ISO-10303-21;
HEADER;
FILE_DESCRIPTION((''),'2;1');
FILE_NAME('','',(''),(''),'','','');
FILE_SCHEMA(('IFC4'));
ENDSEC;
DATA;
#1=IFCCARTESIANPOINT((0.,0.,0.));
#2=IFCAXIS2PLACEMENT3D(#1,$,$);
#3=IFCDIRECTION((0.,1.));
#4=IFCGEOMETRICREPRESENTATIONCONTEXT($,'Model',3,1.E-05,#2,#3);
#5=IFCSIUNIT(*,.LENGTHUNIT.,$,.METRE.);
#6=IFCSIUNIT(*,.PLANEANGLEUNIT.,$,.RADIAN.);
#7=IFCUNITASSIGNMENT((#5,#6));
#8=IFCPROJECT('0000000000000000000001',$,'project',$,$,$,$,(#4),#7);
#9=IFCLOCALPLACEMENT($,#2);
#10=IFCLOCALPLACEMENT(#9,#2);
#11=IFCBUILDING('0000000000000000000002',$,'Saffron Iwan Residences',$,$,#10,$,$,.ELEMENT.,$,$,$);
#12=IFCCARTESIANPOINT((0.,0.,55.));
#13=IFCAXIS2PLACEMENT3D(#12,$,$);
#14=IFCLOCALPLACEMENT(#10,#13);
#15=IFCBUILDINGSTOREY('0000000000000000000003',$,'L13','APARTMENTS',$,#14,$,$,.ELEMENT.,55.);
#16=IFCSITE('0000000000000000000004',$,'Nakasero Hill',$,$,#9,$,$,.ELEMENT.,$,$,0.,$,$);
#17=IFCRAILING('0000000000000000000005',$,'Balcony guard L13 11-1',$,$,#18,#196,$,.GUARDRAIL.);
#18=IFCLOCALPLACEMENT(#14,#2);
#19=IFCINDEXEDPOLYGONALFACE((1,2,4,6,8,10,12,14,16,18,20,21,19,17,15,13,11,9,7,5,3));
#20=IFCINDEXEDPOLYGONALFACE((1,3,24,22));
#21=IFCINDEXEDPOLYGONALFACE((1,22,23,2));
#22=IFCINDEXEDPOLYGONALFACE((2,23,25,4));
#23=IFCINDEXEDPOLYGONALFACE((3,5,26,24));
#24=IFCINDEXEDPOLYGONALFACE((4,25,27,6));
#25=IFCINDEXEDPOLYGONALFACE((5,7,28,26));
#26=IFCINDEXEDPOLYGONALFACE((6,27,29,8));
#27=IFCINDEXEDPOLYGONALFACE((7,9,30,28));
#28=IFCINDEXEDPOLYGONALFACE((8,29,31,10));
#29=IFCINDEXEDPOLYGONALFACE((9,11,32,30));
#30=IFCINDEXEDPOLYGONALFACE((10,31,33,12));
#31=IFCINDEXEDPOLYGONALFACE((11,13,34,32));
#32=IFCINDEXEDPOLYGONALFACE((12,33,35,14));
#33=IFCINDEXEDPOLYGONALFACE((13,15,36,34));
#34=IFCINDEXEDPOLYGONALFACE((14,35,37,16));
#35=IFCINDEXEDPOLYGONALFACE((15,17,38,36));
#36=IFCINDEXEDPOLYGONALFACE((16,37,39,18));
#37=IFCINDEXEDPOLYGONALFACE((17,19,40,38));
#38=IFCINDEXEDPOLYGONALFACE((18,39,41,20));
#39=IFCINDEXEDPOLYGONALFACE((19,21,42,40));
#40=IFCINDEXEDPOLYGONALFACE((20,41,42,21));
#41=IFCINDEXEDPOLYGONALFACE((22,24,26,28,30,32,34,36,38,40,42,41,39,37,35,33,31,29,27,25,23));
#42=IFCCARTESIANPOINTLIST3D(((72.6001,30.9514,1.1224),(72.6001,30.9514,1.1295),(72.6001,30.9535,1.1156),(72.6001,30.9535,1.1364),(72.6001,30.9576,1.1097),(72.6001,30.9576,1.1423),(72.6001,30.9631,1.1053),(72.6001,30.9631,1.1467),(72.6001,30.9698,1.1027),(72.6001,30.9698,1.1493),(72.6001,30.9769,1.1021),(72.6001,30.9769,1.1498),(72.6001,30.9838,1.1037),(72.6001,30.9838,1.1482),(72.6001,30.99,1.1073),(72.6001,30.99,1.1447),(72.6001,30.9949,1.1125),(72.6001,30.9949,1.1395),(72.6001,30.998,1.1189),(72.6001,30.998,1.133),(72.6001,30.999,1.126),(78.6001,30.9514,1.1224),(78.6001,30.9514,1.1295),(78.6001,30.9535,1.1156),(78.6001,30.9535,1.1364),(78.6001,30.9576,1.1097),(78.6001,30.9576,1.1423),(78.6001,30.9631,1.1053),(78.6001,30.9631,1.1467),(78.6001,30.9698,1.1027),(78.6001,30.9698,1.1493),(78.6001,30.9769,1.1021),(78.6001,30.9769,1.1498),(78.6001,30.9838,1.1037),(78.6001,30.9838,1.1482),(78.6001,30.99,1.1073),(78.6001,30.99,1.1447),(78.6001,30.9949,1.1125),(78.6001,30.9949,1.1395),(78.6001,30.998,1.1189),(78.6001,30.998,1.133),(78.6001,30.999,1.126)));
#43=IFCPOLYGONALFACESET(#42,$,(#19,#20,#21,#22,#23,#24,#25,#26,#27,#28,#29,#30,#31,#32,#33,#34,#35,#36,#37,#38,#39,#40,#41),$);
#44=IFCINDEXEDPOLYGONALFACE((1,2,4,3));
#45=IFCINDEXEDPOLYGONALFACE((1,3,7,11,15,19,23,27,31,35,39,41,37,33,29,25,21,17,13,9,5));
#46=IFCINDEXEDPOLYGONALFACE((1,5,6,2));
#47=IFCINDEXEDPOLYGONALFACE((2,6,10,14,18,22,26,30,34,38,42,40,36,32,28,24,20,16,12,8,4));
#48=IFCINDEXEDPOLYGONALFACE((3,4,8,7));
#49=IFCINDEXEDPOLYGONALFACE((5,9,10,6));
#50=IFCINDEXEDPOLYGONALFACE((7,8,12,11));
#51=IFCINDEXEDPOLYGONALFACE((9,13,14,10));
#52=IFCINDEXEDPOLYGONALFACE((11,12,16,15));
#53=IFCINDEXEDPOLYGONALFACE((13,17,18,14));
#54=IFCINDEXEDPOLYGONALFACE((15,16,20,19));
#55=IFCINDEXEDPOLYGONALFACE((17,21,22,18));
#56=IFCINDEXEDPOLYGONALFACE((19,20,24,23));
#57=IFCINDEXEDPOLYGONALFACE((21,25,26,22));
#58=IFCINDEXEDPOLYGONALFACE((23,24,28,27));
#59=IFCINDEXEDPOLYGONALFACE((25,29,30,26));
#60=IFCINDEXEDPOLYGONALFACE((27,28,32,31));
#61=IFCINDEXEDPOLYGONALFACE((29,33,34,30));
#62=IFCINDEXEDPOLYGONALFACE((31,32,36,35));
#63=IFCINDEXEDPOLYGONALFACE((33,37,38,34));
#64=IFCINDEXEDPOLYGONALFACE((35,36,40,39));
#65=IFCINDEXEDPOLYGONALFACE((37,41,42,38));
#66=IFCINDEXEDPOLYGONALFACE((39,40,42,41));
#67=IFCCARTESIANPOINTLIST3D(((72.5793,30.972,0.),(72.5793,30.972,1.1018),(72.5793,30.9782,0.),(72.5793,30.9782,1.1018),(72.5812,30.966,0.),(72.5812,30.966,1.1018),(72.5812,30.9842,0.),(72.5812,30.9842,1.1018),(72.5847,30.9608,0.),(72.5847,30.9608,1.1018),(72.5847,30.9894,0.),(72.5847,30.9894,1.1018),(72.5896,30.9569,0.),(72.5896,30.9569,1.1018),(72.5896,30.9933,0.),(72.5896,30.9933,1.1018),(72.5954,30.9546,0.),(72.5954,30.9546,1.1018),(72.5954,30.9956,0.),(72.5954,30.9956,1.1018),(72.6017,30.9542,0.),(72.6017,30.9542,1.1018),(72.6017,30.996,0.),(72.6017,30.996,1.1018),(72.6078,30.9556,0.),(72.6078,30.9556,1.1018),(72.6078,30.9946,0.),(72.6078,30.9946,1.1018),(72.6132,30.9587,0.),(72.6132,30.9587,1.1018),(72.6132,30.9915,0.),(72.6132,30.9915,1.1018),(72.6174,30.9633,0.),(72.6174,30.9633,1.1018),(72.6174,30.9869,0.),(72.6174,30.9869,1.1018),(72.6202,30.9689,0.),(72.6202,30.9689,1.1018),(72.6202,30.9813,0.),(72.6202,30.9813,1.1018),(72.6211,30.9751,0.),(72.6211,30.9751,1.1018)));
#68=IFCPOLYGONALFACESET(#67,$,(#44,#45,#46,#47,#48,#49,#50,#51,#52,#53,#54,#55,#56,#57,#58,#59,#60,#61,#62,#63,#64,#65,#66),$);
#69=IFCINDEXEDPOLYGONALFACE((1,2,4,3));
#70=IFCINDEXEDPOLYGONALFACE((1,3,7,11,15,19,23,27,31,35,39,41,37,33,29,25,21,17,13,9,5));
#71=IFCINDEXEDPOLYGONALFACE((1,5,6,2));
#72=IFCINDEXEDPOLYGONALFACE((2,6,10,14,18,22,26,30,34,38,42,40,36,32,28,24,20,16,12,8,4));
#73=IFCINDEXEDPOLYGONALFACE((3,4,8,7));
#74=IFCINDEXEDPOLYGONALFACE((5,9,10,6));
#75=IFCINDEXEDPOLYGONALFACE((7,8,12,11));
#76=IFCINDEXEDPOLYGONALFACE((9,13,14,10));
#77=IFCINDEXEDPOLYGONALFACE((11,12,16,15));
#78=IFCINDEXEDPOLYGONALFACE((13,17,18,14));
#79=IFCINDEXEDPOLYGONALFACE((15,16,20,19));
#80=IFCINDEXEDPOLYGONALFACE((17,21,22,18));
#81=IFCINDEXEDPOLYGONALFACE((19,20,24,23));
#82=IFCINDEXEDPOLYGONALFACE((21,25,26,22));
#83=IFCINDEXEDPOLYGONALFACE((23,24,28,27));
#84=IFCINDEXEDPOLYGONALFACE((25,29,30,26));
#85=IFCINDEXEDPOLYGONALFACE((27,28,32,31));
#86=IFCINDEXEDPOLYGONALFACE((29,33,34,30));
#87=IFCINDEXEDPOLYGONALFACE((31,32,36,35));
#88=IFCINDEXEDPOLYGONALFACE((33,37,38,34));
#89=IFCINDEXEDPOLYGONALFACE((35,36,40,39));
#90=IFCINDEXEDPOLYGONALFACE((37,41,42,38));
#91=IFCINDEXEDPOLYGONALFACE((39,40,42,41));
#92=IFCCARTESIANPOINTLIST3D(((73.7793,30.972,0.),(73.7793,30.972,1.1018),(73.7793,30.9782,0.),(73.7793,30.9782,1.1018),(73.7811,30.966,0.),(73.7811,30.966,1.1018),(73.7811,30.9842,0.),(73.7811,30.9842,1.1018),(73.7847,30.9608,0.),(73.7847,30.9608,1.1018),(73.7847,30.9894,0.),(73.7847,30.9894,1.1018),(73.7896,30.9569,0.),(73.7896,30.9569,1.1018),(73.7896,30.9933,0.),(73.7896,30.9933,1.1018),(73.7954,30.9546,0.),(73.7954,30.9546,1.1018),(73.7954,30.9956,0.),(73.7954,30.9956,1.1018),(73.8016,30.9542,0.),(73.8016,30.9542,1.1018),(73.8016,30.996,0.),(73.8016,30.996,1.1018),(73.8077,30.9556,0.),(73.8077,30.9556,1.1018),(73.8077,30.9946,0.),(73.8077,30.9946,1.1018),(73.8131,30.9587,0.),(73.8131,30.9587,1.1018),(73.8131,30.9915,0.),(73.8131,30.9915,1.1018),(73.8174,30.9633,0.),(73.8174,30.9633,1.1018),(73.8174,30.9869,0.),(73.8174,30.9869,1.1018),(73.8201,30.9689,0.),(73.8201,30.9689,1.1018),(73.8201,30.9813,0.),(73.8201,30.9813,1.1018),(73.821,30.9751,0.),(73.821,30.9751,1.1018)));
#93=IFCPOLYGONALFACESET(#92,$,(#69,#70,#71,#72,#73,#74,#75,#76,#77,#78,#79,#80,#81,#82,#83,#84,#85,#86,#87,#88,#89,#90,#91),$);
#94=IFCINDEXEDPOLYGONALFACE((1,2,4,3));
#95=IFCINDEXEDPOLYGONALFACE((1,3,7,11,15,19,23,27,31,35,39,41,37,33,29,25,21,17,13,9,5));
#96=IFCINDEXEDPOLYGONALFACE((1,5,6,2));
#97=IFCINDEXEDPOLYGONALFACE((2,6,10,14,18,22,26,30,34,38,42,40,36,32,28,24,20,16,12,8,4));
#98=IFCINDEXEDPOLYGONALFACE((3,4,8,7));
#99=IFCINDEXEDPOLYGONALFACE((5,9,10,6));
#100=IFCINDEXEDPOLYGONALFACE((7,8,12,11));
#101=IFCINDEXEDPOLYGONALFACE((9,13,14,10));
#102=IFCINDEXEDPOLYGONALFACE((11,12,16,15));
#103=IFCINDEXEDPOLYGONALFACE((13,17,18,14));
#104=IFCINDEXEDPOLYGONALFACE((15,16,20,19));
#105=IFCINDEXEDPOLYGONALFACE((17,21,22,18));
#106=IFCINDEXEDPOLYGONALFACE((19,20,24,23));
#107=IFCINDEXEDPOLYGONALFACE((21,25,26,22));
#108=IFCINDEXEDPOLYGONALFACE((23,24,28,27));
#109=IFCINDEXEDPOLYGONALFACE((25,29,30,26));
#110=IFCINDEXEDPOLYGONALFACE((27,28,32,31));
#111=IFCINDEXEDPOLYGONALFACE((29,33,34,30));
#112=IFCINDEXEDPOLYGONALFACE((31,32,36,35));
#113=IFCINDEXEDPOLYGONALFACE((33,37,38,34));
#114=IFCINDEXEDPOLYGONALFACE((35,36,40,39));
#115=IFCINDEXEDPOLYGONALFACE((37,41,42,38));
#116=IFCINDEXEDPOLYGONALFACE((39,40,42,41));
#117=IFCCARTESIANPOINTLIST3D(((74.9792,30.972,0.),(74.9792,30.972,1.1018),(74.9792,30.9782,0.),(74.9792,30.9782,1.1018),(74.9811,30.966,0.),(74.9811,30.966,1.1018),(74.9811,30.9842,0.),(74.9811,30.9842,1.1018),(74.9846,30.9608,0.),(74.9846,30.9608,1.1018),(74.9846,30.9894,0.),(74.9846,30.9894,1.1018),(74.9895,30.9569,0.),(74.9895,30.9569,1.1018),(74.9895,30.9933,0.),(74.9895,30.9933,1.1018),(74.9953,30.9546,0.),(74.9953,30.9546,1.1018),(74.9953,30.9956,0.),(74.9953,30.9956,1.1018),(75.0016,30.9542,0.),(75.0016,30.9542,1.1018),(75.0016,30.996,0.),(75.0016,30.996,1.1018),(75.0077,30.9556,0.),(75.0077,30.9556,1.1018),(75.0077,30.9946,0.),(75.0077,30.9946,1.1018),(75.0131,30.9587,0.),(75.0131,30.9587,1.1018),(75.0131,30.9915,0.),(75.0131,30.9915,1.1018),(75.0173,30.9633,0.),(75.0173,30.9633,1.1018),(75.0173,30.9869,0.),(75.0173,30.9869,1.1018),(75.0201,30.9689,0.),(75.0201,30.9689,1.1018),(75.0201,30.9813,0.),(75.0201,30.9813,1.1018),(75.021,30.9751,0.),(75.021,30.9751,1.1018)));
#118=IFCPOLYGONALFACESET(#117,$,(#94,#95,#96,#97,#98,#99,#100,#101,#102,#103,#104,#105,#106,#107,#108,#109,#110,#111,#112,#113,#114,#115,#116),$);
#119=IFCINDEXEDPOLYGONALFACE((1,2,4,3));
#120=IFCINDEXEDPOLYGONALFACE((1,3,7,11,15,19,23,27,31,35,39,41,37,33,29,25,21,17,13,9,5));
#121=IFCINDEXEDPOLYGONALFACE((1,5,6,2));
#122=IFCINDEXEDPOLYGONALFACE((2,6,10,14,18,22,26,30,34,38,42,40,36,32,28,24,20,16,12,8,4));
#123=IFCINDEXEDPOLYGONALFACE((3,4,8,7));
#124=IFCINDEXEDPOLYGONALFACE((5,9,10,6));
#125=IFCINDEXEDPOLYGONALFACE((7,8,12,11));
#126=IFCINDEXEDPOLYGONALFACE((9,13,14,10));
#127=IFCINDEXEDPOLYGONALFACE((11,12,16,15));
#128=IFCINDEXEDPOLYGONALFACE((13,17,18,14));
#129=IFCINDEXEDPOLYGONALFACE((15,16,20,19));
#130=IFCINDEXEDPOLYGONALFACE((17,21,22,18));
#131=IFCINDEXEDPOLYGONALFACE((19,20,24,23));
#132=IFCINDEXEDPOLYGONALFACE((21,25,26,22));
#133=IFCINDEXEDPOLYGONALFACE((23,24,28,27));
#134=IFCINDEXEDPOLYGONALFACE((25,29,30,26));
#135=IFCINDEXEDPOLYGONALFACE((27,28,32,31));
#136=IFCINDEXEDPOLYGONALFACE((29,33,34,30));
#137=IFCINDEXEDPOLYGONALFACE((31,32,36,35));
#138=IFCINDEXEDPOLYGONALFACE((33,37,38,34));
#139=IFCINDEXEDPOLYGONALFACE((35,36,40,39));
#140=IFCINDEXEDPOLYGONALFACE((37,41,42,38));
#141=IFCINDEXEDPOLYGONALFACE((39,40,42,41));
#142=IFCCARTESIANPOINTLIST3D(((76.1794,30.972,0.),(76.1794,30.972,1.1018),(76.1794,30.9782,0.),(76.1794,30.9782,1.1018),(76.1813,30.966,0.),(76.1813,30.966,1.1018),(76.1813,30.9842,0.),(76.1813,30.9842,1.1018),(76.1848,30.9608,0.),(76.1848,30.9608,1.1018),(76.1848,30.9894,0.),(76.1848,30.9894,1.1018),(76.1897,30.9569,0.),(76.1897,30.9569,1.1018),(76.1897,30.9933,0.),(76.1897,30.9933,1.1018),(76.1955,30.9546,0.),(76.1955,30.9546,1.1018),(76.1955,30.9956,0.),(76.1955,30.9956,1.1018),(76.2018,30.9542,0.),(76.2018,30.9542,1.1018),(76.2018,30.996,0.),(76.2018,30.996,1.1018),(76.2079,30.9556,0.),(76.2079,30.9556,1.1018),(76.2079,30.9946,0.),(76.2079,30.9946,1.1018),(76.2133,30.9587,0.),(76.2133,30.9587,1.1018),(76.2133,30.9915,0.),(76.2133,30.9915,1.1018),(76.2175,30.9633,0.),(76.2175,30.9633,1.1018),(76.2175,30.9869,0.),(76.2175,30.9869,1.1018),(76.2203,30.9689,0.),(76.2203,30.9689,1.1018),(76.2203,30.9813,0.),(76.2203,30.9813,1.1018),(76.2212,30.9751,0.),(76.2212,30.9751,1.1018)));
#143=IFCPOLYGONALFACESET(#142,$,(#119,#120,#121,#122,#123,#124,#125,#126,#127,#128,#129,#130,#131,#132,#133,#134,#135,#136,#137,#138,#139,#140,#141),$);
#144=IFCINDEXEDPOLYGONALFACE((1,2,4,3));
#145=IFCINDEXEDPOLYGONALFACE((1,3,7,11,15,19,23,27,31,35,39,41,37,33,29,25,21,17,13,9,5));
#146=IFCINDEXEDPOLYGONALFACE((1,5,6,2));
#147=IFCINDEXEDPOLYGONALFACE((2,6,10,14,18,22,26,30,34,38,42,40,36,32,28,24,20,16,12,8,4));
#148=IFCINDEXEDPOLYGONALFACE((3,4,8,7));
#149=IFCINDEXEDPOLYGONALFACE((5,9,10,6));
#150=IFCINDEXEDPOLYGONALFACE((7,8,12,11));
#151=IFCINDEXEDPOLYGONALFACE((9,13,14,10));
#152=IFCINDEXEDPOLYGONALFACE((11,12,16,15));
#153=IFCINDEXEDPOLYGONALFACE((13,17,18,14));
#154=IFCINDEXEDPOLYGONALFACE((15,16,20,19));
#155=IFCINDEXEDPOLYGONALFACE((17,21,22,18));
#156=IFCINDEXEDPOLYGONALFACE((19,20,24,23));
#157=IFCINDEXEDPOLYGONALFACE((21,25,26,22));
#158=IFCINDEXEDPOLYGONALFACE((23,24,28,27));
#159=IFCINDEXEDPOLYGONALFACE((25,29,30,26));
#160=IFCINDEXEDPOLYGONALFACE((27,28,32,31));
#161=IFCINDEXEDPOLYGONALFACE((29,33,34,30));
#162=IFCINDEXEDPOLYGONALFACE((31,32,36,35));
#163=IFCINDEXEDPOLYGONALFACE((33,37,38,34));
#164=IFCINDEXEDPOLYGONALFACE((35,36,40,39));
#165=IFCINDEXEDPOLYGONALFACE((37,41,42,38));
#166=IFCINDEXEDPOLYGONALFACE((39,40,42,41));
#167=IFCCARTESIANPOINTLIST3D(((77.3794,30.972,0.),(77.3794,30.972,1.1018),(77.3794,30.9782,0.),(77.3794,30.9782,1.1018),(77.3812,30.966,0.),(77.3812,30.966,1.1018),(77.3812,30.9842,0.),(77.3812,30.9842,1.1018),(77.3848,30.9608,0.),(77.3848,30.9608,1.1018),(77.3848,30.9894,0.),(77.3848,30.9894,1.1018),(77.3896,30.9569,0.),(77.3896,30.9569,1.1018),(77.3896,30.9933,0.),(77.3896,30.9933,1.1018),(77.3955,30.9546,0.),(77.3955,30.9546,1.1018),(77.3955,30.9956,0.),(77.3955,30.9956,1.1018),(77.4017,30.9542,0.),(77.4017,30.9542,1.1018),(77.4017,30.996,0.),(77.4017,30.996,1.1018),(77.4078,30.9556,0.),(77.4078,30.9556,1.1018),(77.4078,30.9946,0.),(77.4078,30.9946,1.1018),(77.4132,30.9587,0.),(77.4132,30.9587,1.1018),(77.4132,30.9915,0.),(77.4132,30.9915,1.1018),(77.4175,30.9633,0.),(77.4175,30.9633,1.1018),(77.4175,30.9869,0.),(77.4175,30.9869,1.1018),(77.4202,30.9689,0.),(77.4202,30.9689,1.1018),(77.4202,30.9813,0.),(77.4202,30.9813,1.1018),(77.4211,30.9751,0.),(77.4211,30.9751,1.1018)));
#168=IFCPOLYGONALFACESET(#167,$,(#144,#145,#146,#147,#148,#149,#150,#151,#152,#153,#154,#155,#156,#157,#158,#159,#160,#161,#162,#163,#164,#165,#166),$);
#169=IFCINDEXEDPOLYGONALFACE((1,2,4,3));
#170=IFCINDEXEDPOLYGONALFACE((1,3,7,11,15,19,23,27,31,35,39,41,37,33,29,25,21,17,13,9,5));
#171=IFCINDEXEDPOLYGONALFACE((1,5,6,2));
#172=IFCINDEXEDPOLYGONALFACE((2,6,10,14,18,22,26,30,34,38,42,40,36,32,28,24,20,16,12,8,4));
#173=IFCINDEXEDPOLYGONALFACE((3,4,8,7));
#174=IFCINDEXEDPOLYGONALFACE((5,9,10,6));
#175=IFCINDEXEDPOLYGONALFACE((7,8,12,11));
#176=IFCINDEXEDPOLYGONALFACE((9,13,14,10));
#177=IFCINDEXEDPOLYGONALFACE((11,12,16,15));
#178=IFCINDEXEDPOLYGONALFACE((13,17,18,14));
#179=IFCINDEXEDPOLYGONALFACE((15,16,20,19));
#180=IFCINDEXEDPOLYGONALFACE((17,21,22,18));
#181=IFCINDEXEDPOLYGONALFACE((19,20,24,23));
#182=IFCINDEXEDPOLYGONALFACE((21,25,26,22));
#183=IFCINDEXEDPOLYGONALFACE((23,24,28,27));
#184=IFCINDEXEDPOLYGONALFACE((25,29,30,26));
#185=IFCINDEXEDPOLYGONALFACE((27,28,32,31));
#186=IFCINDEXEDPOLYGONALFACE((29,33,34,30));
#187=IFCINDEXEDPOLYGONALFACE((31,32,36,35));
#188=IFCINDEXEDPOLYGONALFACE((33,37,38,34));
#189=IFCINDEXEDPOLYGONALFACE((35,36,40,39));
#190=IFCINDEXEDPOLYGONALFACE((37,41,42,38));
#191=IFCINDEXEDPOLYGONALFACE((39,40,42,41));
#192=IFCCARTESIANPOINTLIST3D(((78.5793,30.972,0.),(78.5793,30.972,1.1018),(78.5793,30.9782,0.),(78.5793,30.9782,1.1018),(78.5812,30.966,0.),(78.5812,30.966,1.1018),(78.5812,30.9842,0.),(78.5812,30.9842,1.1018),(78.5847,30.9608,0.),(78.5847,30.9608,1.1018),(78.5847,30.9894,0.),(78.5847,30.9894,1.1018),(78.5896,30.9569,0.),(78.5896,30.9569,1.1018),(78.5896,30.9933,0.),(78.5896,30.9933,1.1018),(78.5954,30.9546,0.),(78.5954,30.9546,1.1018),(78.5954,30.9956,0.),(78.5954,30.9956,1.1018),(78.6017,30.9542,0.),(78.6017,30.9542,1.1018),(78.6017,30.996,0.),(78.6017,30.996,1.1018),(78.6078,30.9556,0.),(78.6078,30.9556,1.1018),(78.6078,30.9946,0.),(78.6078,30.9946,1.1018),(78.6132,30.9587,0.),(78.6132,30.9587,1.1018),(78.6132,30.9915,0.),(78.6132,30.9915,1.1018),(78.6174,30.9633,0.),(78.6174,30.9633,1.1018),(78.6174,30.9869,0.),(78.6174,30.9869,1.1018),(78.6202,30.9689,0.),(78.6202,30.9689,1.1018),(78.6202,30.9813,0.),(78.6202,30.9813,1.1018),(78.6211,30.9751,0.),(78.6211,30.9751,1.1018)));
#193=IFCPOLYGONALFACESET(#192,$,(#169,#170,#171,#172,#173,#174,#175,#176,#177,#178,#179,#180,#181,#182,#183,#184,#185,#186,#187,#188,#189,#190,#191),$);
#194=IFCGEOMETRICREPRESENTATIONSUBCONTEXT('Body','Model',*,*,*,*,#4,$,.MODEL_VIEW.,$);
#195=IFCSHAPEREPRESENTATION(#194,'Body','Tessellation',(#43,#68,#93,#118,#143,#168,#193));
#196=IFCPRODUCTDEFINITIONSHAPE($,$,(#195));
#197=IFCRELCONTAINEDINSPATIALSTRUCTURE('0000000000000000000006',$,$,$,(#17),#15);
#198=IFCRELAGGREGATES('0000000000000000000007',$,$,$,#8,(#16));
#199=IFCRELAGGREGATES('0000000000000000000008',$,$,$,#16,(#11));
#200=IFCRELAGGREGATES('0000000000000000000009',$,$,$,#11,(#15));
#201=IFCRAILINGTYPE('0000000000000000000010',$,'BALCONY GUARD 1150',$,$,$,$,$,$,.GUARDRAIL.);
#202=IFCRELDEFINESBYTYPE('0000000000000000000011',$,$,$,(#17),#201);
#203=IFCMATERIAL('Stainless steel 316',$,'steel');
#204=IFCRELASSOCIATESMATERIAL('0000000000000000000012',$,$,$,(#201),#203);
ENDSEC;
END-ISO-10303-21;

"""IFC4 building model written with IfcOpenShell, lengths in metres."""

from ifc_helpers import new_model, si_unit, direction, frame, origin, origin_2d, place, context, subcontext, project, spatial, circle, extrude, material, type_object, element, save


model = new_model("IFC4")

# Units and contexts
model_context = context("Model", 3, precision=1e-05, world=origin(), true_north=direction((0.0, 1.0)))
body_context = subcontext(model_context, "Body", "Model", "MODEL_VIEW")
ifc_project = project(units=[si_unit("LENGTHUNIT", "METRE"), si_unit("PLANEANGLEUNIT", "RADIAN")], contexts=[model_context])

# Site, building, storey
site_placement = place(None, origin())
site = spatial("IfcSite", under=ifc_project, at=site_placement, Name="Nakasero Hill", CompositionType="ELEMENT", RefElevation=0.0)
building_placement = place(site_placement, origin())
building = spatial("IfcBuilding", under=site, at=building_placement, Name="Saffron Iwan Residences", CompositionType="ELEMENT")
storey_placement = place(building_placement, frame((0.0, 0.0, 55.0)))
storey = spatial("IfcBuildingStorey", under=building, at=storey_placement, Name="L13", Description="APARTMENTS", CompositionType="ELEMENT", Elevation=55.0)

# Railing
ifc_material_1 = material(Name="Stainless steel 316", Category="steel")
railing_type = type_object("IfcRailingType", Name="BALCONY GUARD 1150", PredefinedType="GUARDRAIL", material=ifc_material_1)
railing_placement = place(storey_placement, frame((72.6001, 30.9751, 0.0)))
element("IfcRailing", 1, at=railing_placement, inside=storey, type_object=railing_type, Name="Balcony guard L13 11-1", PredefinedType="GUARDRAIL", context=body_context, shape_type="SweptSolid", body=[
    extrude(circle(Radius=0.0239, at=origin_2d()), frame((0.0, 0.0, 1.126), z_axis=(1.0, 0.0, 0.0), x_axis=(0.0, 1.0, 0.0)), (0.0, 0.0, 1.0), 6.0),
    extrude(circle(Radius=0.021, at=origin_2d()), origin(), (0.0, 0.0, 1.0), 1.1018),
    extrude(circle(Radius=0.021, at=origin_2d()), frame((1.2, 0.0, 0.0)), (0.0, 0.0, 1.0), 1.1018),
    extrude(circle(Radius=0.021, at=origin_2d()), frame((2.3999, 0.0, 0.0)), (0.0, 0.0, 1.0), 1.1018),
    extrude(circle(Radius=0.021, at=origin_2d()), frame((3.6001, 0.0, 0.0)), (0.0, 0.0, 1.0), 1.1018),
    extrude(circle(Radius=0.021, at=origin_2d()), frame((4.8, 0.0, 0.0)), (0.0, 0.0, 1.0), 1.1018),
    extrude(circle(Radius=0.021, at=origin_2d()), frame((6.0, 0.0, 0.0)), (0.0, 0.0, 1.0), 1.1018),
])

save(model, "model.ifc")
